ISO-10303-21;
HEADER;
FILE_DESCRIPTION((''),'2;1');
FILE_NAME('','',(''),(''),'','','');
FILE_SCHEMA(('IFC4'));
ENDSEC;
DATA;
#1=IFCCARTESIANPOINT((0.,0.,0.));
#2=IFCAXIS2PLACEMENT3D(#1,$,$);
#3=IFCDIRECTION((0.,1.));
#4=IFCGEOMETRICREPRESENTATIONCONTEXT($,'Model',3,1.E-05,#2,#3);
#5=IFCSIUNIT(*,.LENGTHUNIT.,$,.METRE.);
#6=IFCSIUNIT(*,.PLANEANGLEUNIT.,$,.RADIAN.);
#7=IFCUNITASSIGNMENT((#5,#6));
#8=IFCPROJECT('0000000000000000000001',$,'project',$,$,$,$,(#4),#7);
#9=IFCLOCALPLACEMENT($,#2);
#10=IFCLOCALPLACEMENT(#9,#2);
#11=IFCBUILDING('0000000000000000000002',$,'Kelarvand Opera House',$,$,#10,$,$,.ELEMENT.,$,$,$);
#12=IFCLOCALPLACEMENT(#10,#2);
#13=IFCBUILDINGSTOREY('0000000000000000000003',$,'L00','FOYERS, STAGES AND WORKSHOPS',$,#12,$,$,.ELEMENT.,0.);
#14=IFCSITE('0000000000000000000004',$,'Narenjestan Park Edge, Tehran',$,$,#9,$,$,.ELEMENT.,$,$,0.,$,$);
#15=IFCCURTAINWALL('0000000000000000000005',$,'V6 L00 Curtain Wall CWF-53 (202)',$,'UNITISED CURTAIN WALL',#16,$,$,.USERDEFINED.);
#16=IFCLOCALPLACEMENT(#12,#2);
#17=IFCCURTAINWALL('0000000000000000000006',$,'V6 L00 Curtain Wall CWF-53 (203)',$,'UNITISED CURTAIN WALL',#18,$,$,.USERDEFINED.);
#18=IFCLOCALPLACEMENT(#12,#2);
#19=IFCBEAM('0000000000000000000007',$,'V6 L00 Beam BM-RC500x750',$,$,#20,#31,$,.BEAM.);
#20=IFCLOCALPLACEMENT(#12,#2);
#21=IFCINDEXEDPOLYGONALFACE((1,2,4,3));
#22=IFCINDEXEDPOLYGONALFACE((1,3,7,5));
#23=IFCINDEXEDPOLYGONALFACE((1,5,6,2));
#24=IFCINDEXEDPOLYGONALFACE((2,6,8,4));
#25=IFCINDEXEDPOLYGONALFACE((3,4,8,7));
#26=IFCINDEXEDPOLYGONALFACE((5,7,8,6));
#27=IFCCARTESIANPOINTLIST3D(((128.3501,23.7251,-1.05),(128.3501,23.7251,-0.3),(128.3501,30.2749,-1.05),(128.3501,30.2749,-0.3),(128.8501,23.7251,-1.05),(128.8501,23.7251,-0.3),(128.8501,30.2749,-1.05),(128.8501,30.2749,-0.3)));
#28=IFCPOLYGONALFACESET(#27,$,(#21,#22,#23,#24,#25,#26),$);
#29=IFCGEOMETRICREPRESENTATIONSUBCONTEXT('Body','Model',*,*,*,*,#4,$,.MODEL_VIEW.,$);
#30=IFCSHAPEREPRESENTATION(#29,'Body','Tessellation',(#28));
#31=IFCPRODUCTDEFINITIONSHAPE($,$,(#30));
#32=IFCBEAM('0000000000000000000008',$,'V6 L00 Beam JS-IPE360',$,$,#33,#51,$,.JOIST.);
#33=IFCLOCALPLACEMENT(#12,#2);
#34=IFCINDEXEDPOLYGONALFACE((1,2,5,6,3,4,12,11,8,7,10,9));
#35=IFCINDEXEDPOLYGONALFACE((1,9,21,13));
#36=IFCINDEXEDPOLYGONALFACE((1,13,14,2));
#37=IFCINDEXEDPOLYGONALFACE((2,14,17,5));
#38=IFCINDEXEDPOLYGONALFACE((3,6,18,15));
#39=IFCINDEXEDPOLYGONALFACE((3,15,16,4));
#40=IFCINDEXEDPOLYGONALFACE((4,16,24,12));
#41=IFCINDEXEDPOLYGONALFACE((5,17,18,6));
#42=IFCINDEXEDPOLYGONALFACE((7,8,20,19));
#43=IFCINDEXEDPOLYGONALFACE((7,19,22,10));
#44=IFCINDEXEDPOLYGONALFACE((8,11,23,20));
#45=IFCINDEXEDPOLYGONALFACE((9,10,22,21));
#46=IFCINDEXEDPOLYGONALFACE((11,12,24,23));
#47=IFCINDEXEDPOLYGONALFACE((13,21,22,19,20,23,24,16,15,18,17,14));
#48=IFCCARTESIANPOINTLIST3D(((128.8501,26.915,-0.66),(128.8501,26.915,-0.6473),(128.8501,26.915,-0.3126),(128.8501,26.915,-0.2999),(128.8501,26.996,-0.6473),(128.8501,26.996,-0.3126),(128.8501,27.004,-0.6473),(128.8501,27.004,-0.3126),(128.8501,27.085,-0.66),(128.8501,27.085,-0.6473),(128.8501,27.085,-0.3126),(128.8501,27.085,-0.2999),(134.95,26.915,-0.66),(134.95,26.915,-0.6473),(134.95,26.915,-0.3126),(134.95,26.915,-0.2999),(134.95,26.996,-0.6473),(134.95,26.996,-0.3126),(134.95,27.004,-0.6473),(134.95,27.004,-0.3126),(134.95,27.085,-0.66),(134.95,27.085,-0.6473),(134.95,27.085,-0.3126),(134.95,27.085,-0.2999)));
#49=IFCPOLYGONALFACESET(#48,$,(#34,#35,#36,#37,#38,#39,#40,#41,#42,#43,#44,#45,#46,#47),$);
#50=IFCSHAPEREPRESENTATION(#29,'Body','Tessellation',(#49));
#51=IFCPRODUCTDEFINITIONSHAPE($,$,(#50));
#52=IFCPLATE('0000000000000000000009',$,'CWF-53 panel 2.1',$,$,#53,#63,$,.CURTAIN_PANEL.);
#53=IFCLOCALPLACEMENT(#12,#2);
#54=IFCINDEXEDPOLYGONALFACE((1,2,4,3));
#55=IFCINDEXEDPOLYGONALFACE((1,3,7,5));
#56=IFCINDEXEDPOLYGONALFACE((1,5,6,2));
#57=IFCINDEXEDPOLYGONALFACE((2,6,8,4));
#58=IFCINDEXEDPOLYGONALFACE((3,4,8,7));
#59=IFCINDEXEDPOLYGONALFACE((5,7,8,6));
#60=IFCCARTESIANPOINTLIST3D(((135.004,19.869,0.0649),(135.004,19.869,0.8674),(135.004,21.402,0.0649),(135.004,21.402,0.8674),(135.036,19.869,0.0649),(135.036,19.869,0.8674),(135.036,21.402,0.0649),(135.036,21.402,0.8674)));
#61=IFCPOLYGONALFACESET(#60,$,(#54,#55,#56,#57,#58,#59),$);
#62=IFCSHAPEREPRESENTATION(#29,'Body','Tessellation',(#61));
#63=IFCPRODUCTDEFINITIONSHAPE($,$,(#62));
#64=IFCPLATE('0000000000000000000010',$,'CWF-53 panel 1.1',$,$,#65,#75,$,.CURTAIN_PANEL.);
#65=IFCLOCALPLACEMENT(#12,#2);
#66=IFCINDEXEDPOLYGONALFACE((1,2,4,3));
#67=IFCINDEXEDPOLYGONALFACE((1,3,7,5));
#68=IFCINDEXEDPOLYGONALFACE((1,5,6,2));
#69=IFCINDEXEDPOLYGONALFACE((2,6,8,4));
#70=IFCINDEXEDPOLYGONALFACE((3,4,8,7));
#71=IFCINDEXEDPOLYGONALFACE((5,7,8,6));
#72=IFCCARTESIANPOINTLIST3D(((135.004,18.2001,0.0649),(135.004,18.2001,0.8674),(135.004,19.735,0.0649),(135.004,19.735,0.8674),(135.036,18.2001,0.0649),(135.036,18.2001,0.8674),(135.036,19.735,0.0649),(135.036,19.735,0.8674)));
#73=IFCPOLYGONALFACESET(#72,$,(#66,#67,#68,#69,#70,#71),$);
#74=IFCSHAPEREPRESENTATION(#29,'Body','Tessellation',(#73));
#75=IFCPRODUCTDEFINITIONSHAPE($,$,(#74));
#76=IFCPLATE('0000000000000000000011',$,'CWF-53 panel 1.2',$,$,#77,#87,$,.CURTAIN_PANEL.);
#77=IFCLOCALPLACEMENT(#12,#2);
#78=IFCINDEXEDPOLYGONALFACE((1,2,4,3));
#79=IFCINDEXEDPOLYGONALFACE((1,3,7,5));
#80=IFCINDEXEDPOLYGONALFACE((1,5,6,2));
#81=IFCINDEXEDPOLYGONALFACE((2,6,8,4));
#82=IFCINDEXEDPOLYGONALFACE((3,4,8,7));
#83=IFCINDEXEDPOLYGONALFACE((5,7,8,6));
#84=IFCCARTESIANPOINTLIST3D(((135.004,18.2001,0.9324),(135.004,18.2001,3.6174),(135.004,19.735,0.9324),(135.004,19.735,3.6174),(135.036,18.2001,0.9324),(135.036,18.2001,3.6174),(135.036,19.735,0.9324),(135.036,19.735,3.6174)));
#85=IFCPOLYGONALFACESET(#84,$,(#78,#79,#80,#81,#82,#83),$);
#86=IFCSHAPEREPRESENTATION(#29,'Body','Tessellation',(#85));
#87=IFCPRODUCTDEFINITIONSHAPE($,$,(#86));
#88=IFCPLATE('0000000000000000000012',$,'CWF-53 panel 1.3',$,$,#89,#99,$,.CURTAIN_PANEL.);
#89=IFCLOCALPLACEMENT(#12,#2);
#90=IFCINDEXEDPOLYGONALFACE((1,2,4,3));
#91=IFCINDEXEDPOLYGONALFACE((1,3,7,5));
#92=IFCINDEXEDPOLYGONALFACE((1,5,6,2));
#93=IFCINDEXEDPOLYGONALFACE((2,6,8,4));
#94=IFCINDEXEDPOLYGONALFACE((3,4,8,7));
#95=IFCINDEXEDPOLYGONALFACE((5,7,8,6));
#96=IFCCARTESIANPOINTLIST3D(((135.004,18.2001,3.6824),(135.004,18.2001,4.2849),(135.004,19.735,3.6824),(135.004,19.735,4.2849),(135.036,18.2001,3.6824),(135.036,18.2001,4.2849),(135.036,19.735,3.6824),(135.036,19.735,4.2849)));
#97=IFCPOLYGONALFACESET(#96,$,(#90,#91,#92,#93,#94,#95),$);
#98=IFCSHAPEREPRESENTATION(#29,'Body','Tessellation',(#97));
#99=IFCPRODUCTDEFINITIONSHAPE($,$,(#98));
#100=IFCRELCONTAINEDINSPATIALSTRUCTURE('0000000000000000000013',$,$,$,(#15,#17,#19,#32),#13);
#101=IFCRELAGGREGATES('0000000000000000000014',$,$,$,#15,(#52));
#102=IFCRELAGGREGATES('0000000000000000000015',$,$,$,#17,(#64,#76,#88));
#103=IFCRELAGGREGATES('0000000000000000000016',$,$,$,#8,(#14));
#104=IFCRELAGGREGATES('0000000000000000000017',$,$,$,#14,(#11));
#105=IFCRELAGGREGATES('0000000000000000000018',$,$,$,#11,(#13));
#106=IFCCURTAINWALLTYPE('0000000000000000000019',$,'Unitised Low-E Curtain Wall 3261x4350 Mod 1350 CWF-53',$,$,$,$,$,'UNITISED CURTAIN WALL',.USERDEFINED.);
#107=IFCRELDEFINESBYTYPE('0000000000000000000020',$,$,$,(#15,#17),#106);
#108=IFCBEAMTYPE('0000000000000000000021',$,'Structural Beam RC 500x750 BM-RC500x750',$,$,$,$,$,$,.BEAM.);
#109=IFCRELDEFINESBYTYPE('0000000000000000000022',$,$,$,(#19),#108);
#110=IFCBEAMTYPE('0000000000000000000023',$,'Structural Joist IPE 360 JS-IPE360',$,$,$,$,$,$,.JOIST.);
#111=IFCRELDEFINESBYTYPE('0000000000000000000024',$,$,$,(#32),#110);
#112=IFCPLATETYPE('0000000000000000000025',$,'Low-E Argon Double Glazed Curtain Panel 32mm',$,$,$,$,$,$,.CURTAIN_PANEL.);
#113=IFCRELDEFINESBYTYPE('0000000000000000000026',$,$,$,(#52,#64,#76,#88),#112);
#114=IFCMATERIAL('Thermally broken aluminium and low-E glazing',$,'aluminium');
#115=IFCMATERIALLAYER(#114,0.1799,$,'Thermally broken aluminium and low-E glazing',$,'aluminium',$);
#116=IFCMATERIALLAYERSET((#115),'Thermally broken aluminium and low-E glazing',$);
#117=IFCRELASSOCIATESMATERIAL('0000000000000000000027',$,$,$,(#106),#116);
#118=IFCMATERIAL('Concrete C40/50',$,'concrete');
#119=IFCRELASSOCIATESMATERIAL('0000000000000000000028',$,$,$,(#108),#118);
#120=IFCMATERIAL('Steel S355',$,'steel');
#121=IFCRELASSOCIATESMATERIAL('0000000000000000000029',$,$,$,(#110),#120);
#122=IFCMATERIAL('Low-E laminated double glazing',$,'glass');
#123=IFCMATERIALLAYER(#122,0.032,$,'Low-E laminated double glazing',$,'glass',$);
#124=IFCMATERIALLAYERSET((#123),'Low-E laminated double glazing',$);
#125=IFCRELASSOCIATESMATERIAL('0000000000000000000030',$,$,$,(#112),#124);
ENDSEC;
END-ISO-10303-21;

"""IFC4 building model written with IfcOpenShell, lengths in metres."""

from ifc_helpers import new_model, si_unit, direction, frame, origin, origin_2d, place, context, subcontext, project, spatial, rectangle, i_section, extrude, material, layer, layer_set, material_profile, profile_set, type_object, element, aggregate, save


model = new_model("IFC4")

# Units and contexts
model_context = context("Model", 3, precision=1e-05, world=origin(), true_north=direction((0.0, 1.0)))
body_context = subcontext(model_context, "Body", "Model", "MODEL_VIEW")
ifc_project = project(units=[si_unit("LENGTHUNIT", "METRE"), si_unit("PLANEANGLEUNIT", "RADIAN")], contexts=[model_context])

# Site, building, storey
site_placement = place(None, origin())
site = spatial("IfcSite", under=ifc_project, at=site_placement, Name="Narenjestan Park Edge, Tehran", CompositionType="ELEMENT", RefElevation=0.0)
building_placement = place(site_placement, origin())
building = spatial("IfcBuilding", under=site, at=building_placement, Name="Kelarvand Opera House", CompositionType="ELEMENT")
storey_placement = place(building_placement, origin())
storey = spatial("IfcBuildingStorey", under=building, at=storey_placement, Name="L00", Description="FOYERS, STAGES AND WORKSHOPS", CompositionType="ELEMENT", Elevation=0.0)

# Shared definitions
ifc_material_1 = material(Name="Concrete C40/50", Category="concrete")

# Curtain wall
ifc_material_2 = material(Name="Thermally broken aluminium and low-E glazing", Category="aluminium")
ifc_layer_1 = layer(ifc_material_2, 0.1799, Name="Thermally broken aluminium and low-E glazing", Category="aluminium")
ifc_layer_set_1 = layer_set([ifc_layer_1], Name="Thermally broken aluminium and low-E glazing")
curtain_wall_type = type_object("IfcCurtainWallType", Name="Unitised Low-E Curtain Wall 3261x4350 Mod 1350 CWF-53", ElementType="UNITISED CURTAIN WALL", PredefinedType="USERDEFINED", material=ifc_layer_set_1)
curtain_wall_1_placement = place(storey_placement, origin())
curtain_wall_1 = element("IfcCurtainWall", 1, at=curtain_wall_1_placement, inside=storey, type_object=curtain_wall_type, Name="V6 L00 Curtain Wall CWF-53 (202)", ObjectType="UNITISED CURTAIN WALL", PredefinedType="USERDEFINED")

# Curtain wall
curtain_wall_2_placement = place(storey_placement, origin())
curtain_wall_2 = element("IfcCurtainWall", 2, at=curtain_wall_2_placement, inside=storey, type_object=curtain_wall_type, Name="V6 L00 Curtain Wall CWF-53 (203)", ObjectType="UNITISED CURTAIN WALL", PredefinedType="USERDEFINED")

# Beams
ifc_material_profile_1 = material_profile(ifc_material_1, rectangle(XDim=0.5, YDim=0.75, at=origin_2d()), Name="RC 500x750", Category="concrete")
ifc_profile_set_1 = profile_set([ifc_material_profile_1], Name="Concrete C40/50")
beam_type_1 = type_object("IfcBeamType", Name="Structural Beam RC 500x750 BM-RC500x750", PredefinedType="BEAM", material=ifc_profile_set_1)
beam_1_placement = place(storey_placement, frame((128.6001, 23.7251, -0.675), z_axis=(0.0, 1.0, 0.0), x_axis=(-1.0, 0.0, 0.0)))
element("IfcBeam", 3, at=beam_1_placement, inside=storey, type_object=beam_type_1, Name="V6 L00 Beam BM-RC500x750", PredefinedType="BEAM", context=body_context, shape_type="SweptSolid", body=[
    extrude(rectangle(XDim=0.5, YDim=0.75, at=origin_2d()), origin(), (0.0, 0.0, 1.0), 6.5498),
])
ifc_material_3 = material(Name="Steel S355", Category="steel")
ifc_material_profile_2 = material_profile(ifc_material_3, i_section(OverallWidth=0.1699, OverallDepth=0.3601, WebThickness=0.0081, FlangeThickness=0.0127, at=origin_2d()), Name="IPE 360", Category="steel")
ifc_profile_set_2 = profile_set([ifc_material_profile_2], Name="Steel S355")
beam_type_2 = type_object("IfcBeamType", Name="Structural Joist IPE 360 JS-IPE360", PredefinedType="JOIST", material=ifc_profile_set_2)
beam_2_placement = place(storey_placement, frame((128.8501, 27.0, -0.48), z_axis=(1.0, 0.0, 0.0), x_axis=(0.0, 1.0, 0.0)))
element("IfcBeam", 4, at=beam_2_placement, inside=storey, type_object=beam_type_2, Name="V6 L00 Beam JS-IPE360", PredefinedType="JOIST", context=body_context, shape_type="SweptSolid", body=[
    extrude(i_section(OverallWidth=0.1699, OverallDepth=0.3601, WebThickness=0.0081, FlangeThickness=0.0127, at=origin_2d()), origin(), (0.0, 0.0, 1.0), 6.0999),
])

# Plates
ifc_material_4 = material(Name="Low-E laminated double glazing", Category="glass")
ifc_layer_2 = layer(ifc_material_4, 0.032, Name="Low-E laminated double glazing", Category="glass")
ifc_layer_set_2 = layer_set([ifc_layer_2], Name="Low-E laminated double glazing")
plate_type = type_object("IfcPlateType", Name="Low-E Argon Double Glazed Curtain Panel 32mm", PredefinedType="CURTAIN_PANEL", material=ifc_layer_set_2)
plate_1_placement = place(storey_placement, frame((135.02, 20.6355, 0.0649), z_axis=(0.0, 0.0, 1.0), x_axis=(0.0, -1.0, 0.0)))
plate_1 = element("IfcPlate", 5, at=plate_1_placement, type_object=plate_type, Name="CWF-53 panel 2.1", PredefinedType="CURTAIN_PANEL", context=body_context, shape_type="SweptSolid", body=[
    extrude(rectangle(XDim=1.533, YDim=0.032, at=origin_2d()), origin(), (0.0, 0.0, 1.0), 0.8025),
])
aggregate(curtain_wall_1, [plate_1])
plate_2_placement = place(storey_placement, frame((135.02, 18.9675, 0.0649), z_axis=(0.0, 0.0, 1.0), x_axis=(0.0, -1.0, 0.0)))
plate_2 = element("IfcPlate", 6, at=plate_2_placement, type_object=plate_type, Name="CWF-53 panel 1.1", PredefinedType="CURTAIN_PANEL", context=body_context, shape_type="SweptSolid", body=[
    extrude(rectangle(XDim=1.5349, YDim=0.032, at=origin_2d()), origin(), (0.0, 0.0, 1.0), 0.8025),
])
plate_3_placement = place(storey_placement, frame((135.02, 18.9675, 0.9324), z_axis=(0.0, 0.0, 1.0), x_axis=(0.0, -1.0, 0.0)))
plate_3 = element("IfcPlate", 7, at=plate_3_placement, type_object=plate_type, Name="CWF-53 panel 1.2", PredefinedType="CURTAIN_PANEL", context=body_context, shape_type="SweptSolid", body=[
    extrude(rectangle(XDim=1.5349, YDim=0.032, at=origin_2d()), origin(), (0.0, 0.0, 1.0), 2.6851),
])
plate_4_placement = place(storey_placement, frame((135.02, 18.9675, 3.6824), z_axis=(0.0, 0.0, 1.0), x_axis=(0.0, -1.0, 0.0)))
plate_4 = element("IfcPlate", 8, at=plate_4_placement, type_object=plate_type, Name="CWF-53 panel 1.3", PredefinedType="CURTAIN_PANEL", context=body_context, shape_type="SweptSolid", body=[
    extrude(rectangle(XDim=1.5349, YDim=0.032, at=origin_2d()), origin(), (0.0, 0.0, 1.0), 0.6025),
])
aggregate(curtain_wall_2, [plate_2, plate_3, plate_4])

save(model, "model.ifc")
